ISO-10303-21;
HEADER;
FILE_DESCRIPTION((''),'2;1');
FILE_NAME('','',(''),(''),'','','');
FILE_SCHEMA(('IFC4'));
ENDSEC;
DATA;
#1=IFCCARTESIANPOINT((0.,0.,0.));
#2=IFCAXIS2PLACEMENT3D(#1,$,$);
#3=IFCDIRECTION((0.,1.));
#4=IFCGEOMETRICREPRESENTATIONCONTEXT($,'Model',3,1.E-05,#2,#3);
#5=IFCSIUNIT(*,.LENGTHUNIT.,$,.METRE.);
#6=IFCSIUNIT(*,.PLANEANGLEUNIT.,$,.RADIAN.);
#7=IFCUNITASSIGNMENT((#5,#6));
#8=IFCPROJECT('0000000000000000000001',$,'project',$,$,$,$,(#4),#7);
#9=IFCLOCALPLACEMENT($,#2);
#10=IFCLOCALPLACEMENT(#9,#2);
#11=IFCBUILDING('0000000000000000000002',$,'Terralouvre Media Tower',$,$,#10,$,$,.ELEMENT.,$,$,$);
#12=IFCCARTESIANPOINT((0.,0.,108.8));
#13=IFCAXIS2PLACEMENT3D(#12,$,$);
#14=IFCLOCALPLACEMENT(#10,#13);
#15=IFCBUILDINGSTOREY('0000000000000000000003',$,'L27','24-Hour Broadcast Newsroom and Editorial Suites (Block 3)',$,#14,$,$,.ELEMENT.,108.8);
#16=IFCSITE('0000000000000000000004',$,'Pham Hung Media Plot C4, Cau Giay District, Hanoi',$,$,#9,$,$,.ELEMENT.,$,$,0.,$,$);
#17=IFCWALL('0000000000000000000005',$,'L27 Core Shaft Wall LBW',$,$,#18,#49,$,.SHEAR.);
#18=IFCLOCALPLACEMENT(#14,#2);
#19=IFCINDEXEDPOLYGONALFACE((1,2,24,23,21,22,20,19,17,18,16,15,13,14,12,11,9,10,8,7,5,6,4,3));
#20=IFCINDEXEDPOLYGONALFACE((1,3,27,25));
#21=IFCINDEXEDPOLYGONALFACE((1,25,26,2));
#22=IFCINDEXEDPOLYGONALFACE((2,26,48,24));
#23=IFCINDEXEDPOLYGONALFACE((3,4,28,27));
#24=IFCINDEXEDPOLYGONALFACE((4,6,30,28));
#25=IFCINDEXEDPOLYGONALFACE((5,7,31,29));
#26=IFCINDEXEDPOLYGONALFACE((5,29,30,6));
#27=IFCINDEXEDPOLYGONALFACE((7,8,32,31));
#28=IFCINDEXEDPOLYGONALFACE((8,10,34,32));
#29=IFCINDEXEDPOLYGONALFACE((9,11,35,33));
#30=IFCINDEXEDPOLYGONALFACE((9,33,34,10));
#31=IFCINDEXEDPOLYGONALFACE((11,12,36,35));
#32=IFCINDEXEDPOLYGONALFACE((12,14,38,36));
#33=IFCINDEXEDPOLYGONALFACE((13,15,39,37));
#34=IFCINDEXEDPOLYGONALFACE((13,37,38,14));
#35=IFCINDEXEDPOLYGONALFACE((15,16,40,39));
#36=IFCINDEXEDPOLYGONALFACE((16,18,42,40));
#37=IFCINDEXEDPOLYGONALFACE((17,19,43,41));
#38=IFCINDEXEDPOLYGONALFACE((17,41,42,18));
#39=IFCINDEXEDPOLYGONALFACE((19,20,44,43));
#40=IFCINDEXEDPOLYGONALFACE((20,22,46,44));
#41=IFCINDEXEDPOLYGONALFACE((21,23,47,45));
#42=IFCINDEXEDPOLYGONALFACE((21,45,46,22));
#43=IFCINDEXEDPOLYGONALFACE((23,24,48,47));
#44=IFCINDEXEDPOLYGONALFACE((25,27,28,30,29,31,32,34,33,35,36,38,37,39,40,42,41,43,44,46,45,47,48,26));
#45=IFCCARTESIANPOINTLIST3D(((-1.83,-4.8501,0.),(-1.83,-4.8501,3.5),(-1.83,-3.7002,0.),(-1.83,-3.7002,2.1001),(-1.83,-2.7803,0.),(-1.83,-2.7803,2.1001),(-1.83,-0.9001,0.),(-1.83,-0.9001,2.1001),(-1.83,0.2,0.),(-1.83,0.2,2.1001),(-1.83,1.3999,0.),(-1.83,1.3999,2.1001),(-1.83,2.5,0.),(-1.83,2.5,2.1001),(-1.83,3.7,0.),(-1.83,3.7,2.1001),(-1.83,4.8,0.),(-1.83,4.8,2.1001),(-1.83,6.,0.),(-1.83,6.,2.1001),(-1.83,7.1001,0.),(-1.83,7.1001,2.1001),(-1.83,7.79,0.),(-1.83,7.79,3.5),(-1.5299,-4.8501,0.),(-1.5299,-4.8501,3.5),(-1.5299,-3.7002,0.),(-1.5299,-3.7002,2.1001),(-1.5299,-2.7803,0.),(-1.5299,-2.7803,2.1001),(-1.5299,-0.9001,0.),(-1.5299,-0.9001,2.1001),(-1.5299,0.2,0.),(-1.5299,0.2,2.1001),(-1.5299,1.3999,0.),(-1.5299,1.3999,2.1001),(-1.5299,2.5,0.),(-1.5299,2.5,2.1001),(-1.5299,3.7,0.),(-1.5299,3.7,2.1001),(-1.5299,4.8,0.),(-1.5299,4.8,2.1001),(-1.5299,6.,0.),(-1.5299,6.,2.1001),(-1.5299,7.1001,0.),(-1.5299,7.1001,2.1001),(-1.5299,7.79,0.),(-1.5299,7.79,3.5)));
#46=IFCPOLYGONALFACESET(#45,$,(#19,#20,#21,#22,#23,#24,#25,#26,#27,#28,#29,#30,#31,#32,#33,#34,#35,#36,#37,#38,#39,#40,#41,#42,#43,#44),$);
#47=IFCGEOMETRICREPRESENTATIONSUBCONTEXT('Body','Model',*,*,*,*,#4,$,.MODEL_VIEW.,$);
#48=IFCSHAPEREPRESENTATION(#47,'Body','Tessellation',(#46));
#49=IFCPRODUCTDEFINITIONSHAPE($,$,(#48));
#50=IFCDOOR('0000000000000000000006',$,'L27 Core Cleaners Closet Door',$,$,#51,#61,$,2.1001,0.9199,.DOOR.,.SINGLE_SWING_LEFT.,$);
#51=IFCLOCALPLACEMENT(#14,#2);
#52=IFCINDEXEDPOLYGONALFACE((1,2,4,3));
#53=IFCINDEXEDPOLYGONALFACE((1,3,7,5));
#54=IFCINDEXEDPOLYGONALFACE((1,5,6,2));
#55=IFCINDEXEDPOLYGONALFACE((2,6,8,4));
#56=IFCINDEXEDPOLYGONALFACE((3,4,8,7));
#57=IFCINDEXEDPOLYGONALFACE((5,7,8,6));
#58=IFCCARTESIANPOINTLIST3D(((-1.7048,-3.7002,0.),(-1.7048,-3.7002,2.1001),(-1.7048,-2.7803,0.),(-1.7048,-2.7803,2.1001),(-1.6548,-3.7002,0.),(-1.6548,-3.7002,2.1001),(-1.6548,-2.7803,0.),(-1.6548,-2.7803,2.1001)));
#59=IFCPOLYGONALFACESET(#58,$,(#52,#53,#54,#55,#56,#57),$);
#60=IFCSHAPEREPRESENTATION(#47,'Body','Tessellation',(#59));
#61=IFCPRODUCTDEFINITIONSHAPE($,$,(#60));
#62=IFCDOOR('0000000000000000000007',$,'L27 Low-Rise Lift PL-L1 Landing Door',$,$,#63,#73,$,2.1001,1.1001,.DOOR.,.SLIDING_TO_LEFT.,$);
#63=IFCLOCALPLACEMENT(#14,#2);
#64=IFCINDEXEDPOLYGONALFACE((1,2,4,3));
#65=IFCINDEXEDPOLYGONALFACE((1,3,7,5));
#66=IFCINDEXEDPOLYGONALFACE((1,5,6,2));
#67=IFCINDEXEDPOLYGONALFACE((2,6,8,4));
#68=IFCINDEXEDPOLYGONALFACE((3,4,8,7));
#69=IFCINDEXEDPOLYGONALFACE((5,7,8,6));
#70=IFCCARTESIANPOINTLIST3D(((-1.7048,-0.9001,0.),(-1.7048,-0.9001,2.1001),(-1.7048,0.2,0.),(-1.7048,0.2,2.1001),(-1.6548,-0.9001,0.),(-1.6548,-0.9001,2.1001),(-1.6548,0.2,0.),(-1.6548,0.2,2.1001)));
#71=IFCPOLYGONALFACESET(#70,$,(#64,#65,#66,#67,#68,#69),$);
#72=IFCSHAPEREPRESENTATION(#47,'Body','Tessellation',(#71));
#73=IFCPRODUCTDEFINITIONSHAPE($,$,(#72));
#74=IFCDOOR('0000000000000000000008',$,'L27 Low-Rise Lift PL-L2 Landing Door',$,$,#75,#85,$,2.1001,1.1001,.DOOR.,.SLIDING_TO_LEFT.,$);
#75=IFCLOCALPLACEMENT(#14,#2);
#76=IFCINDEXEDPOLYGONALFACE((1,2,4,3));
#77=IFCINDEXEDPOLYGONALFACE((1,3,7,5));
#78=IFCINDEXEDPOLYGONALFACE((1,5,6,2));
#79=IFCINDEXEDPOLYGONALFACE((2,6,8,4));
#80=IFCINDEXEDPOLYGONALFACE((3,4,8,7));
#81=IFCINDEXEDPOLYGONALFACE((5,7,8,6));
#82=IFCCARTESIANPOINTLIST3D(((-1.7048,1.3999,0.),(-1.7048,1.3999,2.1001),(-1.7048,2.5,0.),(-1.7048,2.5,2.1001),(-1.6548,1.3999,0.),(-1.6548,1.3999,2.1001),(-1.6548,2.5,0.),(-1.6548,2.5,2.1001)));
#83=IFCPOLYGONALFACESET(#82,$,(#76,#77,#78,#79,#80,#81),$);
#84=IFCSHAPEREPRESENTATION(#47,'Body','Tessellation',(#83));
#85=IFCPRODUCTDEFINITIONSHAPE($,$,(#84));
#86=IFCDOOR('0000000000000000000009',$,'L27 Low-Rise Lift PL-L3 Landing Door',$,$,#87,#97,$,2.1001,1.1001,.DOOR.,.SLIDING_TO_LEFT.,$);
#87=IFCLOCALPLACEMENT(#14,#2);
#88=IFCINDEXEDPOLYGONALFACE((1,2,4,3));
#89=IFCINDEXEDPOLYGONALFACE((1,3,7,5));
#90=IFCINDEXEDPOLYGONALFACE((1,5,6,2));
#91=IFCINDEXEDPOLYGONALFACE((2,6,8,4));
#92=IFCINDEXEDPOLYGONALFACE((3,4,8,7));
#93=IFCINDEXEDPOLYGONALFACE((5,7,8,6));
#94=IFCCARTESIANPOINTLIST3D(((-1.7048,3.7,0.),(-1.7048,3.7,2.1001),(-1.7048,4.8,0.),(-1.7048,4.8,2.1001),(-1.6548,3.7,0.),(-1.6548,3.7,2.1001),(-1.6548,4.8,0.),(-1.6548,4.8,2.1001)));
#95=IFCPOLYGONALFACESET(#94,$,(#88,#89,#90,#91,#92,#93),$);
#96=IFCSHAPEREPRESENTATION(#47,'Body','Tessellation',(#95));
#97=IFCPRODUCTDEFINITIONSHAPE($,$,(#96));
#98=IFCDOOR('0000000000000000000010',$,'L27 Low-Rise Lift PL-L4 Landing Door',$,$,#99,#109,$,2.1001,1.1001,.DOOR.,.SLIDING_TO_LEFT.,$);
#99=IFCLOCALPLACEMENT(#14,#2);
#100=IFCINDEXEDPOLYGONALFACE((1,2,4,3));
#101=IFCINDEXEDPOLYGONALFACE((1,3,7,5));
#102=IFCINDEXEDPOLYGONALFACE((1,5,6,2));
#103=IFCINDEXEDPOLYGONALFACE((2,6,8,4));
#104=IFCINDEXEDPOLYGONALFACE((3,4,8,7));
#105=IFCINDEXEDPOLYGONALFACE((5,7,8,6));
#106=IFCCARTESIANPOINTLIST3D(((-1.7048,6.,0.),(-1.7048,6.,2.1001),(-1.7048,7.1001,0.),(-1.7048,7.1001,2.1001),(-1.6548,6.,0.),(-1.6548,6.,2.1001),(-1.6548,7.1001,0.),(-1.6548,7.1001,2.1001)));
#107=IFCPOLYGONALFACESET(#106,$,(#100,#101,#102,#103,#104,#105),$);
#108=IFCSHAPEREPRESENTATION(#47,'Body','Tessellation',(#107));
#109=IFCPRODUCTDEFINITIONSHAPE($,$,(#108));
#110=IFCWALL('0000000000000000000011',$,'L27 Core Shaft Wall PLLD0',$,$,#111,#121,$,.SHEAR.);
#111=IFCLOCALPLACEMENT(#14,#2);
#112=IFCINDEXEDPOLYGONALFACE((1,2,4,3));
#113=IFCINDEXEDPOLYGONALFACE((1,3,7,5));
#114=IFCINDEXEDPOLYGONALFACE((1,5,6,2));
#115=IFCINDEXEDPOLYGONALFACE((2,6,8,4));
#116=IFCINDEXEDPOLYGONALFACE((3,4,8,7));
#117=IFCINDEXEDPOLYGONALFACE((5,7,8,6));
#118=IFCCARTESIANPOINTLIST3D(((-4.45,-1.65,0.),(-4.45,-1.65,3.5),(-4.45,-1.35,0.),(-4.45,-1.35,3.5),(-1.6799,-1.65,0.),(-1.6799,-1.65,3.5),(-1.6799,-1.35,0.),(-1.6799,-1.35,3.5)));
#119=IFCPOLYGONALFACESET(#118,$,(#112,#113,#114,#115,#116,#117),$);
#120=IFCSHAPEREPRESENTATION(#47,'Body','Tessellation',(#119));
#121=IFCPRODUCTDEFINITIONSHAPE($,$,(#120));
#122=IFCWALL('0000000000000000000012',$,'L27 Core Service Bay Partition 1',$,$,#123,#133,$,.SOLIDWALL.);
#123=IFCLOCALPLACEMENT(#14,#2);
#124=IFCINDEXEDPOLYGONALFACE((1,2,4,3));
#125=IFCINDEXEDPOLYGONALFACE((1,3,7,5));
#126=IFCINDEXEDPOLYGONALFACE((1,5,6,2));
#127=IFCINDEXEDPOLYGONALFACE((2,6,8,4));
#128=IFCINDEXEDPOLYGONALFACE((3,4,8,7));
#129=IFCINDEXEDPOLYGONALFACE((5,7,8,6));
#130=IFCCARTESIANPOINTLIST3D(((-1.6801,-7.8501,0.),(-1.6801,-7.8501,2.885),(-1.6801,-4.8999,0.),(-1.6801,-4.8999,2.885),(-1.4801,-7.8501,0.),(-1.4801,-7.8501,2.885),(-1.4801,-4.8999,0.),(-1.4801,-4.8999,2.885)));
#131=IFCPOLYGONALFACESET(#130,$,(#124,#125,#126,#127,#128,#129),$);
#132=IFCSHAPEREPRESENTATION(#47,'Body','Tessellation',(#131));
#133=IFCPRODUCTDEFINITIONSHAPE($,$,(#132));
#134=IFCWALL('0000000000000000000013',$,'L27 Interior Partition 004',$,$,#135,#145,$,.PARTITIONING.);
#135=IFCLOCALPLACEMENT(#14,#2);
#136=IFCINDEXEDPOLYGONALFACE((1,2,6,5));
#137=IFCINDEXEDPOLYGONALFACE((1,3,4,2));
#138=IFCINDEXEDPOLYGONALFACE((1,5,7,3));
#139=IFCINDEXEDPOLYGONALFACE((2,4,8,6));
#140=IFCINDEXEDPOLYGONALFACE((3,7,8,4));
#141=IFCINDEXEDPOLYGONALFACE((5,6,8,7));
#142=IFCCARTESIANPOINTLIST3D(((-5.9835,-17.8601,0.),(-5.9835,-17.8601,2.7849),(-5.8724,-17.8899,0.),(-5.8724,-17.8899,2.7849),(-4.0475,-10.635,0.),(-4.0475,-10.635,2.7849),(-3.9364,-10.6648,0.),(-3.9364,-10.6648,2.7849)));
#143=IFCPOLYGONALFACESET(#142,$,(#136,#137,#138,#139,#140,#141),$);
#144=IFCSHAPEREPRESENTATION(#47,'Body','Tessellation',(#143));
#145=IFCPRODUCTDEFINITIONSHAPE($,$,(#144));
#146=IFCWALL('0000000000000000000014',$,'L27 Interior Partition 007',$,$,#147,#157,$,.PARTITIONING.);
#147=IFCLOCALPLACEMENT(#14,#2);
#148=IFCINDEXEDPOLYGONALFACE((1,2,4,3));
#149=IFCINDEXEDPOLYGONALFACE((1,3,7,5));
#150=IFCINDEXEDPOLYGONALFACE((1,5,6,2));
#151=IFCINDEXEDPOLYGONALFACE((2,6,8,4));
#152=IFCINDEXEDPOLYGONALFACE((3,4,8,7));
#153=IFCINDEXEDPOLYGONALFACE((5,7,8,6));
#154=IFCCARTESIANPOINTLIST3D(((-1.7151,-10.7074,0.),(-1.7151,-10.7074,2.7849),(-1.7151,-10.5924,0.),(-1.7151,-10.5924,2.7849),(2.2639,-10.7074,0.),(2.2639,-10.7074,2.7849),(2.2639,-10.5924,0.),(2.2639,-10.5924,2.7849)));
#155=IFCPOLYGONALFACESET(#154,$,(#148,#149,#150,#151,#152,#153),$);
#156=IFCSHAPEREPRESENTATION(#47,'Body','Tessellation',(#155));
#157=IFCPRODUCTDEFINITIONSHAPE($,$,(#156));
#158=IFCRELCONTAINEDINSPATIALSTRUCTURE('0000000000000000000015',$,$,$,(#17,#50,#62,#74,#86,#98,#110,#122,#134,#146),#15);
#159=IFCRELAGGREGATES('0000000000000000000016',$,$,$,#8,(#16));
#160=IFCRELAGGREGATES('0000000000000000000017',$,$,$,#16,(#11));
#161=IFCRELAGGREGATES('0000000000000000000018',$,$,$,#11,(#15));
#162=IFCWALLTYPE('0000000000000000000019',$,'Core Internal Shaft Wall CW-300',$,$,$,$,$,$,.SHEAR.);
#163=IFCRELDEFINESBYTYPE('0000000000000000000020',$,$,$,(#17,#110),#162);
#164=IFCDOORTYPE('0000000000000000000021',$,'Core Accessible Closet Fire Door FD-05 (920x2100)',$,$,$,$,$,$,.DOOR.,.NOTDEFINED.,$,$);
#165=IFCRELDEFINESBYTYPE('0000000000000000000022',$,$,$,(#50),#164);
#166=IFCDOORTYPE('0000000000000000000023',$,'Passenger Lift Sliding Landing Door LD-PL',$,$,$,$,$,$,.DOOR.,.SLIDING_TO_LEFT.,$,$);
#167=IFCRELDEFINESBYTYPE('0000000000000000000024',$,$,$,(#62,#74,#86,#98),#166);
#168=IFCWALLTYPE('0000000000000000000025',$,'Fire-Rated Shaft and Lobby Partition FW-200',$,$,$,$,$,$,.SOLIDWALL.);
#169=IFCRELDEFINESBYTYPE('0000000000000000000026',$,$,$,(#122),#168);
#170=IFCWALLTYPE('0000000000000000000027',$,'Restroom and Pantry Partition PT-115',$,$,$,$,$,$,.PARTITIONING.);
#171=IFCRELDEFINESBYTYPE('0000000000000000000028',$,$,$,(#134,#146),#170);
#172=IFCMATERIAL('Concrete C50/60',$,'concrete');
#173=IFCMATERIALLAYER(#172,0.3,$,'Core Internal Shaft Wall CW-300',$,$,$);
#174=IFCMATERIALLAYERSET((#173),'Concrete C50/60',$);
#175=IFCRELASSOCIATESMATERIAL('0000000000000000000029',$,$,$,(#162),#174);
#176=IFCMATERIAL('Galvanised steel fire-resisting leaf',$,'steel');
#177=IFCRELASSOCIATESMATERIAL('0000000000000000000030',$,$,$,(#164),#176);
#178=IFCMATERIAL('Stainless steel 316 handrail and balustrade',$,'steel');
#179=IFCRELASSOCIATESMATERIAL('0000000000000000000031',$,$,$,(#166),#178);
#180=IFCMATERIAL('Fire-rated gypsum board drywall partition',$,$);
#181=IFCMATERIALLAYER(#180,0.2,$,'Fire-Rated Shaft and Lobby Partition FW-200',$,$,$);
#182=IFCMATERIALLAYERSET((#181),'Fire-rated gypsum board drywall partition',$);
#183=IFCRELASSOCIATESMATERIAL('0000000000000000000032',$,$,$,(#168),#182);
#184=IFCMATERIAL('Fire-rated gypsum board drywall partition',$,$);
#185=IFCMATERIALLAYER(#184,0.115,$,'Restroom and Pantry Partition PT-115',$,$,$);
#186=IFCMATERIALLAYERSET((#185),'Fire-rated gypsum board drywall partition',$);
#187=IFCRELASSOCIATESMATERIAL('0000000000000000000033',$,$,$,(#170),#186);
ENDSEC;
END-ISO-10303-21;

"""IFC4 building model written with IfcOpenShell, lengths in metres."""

from ifc_helpers import new_model, si_unit, direction, frame, frame_2d, origin, place, context, subcontext, project, spatial, rectangle, extrude, material, layer, layer_set, type_object, element, fill, save


model = new_model("IFC4")

# Units and contexts
model_context = context("Model", 3, precision=1e-05, world=origin(), true_north=direction((0.0, 1.0)))
body_context = subcontext(model_context, "Body", "Model", "MODEL_VIEW")
ifc_project = project(units=[si_unit("LENGTHUNIT", "METRE"), si_unit("PLANEANGLEUNIT", "RADIAN")], contexts=[model_context])

# Site, building, storey
site_placement = place(None, origin())
site = spatial("IfcSite", under=ifc_project, at=site_placement, Name="Pham Hung Media Plot C4, Cau Giay District, Hanoi", CompositionType="ELEMENT", RefElevation=0.0)
building_placement = place(site_placement, origin())
building = spatial("IfcBuilding", under=site, at=building_placement, Name="Terralouvre Media Tower", CompositionType="ELEMENT")
storey_placement = place(building_placement, frame((0.0, 0.0, 108.8)))
storey = spatial("IfcBuildingStorey", under=building, at=storey_placement, Name="L27", Description="24-Hour Broadcast Newsroom and Editorial Suites (Block 3)", CompositionType="ELEMENT", Elevation=108.8)

# Shared definitions
ifc_material_1 = material(Name="Concrete C50/60", Category="concrete")
ifc_layer_1 = layer(ifc_material_1, 0.3, Name="Core Internal Shaft Wall CW-300")
ifc_layer_set_1 = layer_set([ifc_layer_1], Name="Concrete C50/60")
wall_type_1 = type_object("IfcWallType", Name="Core Internal Shaft Wall CW-300", PredefinedType="SHEAR", material=ifc_layer_set_1)

# Wall, openings, doors
wall_1_placement = place(storey_placement, frame((-1.6799, -4.8501, 0.0), z_axis=(0.0, 0.0, 1.0), x_axis=(0.0, 1.0, 0.0)))
wall_1 = element("IfcWall", 1, at=wall_1_placement, inside=storey, type_object=wall_type_1, Name="L27 Core Shaft Wall LBW", PredefinedType="SHEAR", context=body_context, shape_type="SweptSolid", body=[
    extrude(rectangle(XDim=12.6401, YDim=0.3, at=frame_2d((6.3201, 0.0))), origin(), (0.0, 0.0, 1.0), 3.5),
])
opening_1_placement = place(wall_1_placement, frame((3.95, 0.0, 0.0)))
opening_1 = element("IfcOpeningElement", 2, at=opening_1_placement, cuts=wall_1, PredefinedType="OPENING", context=body_context, shape_type="SweptSolid", body=[
    extrude(rectangle(XDim=1.1001, YDim=2.1001, at=frame_2d((0.55, 1.05))), frame((0.0, 0.1599, 0.0), z_axis=(0.0, -1.0, 0.0), x_axis=(1.0, 0.0, 0.0)), (0.0, 0.0, 1.0), 0.3201),
])
opening_2_placement = place(wall_1_placement, frame((6.25, 0.0, 0.0)))
opening_2 = element("IfcOpeningElement", 3, at=opening_2_placement, cuts=wall_1, PredefinedType="OPENING", context=body_context, shape_type="SweptSolid", body=[
    extrude(rectangle(XDim=1.1001, YDim=2.1001, at=frame_2d((0.55, 1.05))), frame((0.0, 0.1599, 0.0), z_axis=(0.0, -1.0, 0.0), x_axis=(1.0, 0.0, 0.0)), (0.0, 0.0, 1.0), 0.3201),
])
opening_3_placement = place(wall_1_placement, frame((8.55, 0.0, 0.0)))
opening_3 = element("IfcOpeningElement", 4, at=opening_3_placement, cuts=wall_1, PredefinedType="OPENING", context=body_context, shape_type="SweptSolid", body=[
    extrude(rectangle(XDim=1.1001, YDim=2.1001, at=frame_2d((0.55, 1.05))), frame((0.0, 0.1599, 0.0), z_axis=(0.0, -1.0, 0.0), x_axis=(1.0, 0.0, 0.0)), (0.0, 0.0, 1.0), 0.3201),
])
opening_4_placement = place(wall_1_placement, frame((10.8501, 0.0, 0.0)))
opening_4 = element("IfcOpeningElement", 5, at=opening_4_placement, cuts=wall_1, PredefinedType="OPENING", context=body_context, shape_type="SweptSolid", body=[
    extrude(rectangle(XDim=1.1001, YDim=2.1001, at=frame_2d((0.55, 1.05))), frame((0.0, 0.1599, 0.0), z_axis=(0.0, -1.0, 0.0), x_axis=(1.0, 0.0, 0.0)), (0.0, 0.0, 1.0), 0.3201),
])
opening_5_placement = place(wall_1_placement, frame((1.1499, 0.0, 0.0)))
opening_5 = element("IfcOpeningElement", 6, at=opening_5_placement, cuts=wall_1, PredefinedType="OPENING", context=body_context, shape_type="SweptSolid", body=[
    extrude(rectangle(XDim=0.9199, YDim=2.1001, at=frame_2d((0.46, 1.05))), frame((0.0, 0.1599, 0.0), z_axis=(0.0, -1.0, 0.0), x_axis=(1.0, 0.0, 0.0)), (0.0, 0.0, 1.0), 0.3201),
])
ifc_material_2 = material(Name="Galvanised steel fire-resisting leaf", Category="steel")
door_type_1 = type_object("IfcDoorType", Name="Core Accessible Closet Fire Door FD-05 (920x2100)", OperationType="NOTDEFINED", PredefinedType="DOOR", material=ifc_material_2)
door_1_placement = place(opening_5_placement, origin())
door_1 = element("IfcDoor", 7, at=door_1_placement, inside=storey, type_object=door_type_1, Name="L27 Core Cleaners Closet Door", OperationType="SINGLE_SWING_LEFT", OverallHeight=2.1001, OverallWidth=0.9199, PredefinedType="DOOR", context=body_context, shape_type="SweptSolid", body=[
    extrude(rectangle(XDim=0.9199, YDim=2.1001, at=frame_2d((0.46, 1.05))), frame((0.0, 0.0249, 0.0), z_axis=(0.0, -1.0, 0.0), x_axis=(1.0, 0.0, 0.0)), (0.0, 0.0, 1.0), 0.05),
])
fill(opening_5, door_1)
ifc_material_3 = material(Name="Stainless steel 316 handrail and balustrade", Category="steel")
door_type_2 = type_object("IfcDoorType", Name="Passenger Lift Sliding Landing Door LD-PL", OperationType="SLIDING_TO_LEFT", PredefinedType="DOOR", material=ifc_material_3)
door_2_placement = place(opening_1_placement, origin())
door_2 = element("IfcDoor", 8, at=door_2_placement, inside=storey, type_object=door_type_2, Name="L27 Low-Rise Lift PL-L1 Landing Door", OperationType="SLIDING_TO_LEFT", OverallHeight=2.1001, OverallWidth=1.1001, PredefinedType="DOOR", context=body_context, shape_type="SweptSolid", body=[
    extrude(rectangle(XDim=1.1001, YDim=2.1001, at=frame_2d((0.55, 1.05))), frame((0.0, 0.0249, 0.0), z_axis=(0.0, -1.0, 0.0), x_axis=(1.0, 0.0, 0.0)), (0.0, 0.0, 1.0), 0.05),
])
fill(opening_1, door_2)
door_3_placement = place(opening_2_placement, origin())
door_3 = element("IfcDoor", 9, at=door_3_placement, inside=storey, type_object=door_type_2, Name="L27 Low-Rise Lift PL-L2 Landing Door", OperationType="SLIDING_TO_LEFT", OverallHeight=2.1001, OverallWidth=1.1001, PredefinedType="DOOR", context=body_context, shape_type="SweptSolid", body=[
    extrude(rectangle(XDim=1.1001, YDim=2.1001, at=frame_2d((0.55, 1.05))), frame((0.0, 0.0249, 0.0), z_axis=(0.0, -1.0, 0.0), x_axis=(1.0, 0.0, 0.0)), (0.0, 0.0, 1.0), 0.05),
])
fill(opening_2, door_3)
door_4_placement = place(opening_3_placement, origin())
door_4 = element("IfcDoor", 10, at=door_4_placement, inside=storey, type_object=door_type_2, Name="L27 Low-Rise Lift PL-L3 Landing Door", OperationType="SLIDING_TO_LEFT", OverallHeight=2.1001, OverallWidth=1.1001, PredefinedType="DOOR", context=body_context, shape_type="SweptSolid", body=[
    extrude(rectangle(XDim=1.1001, YDim=2.1001, at=frame_2d((0.55, 1.05))), frame((0.0, 0.0249, 0.0), z_axis=(0.0, -1.0, 0.0), x_axis=(1.0, 0.0, 0.0)), (0.0, 0.0, 1.0), 0.05),
])
fill(opening_3, door_4)
door_5_placement = place(opening_4_placement, origin())
door_5 = element("IfcDoor", 11, at=door_5_placement, inside=storey, type_object=door_type_2, Name="L27 Low-Rise Lift PL-L4 Landing Door", OperationType="SLIDING_TO_LEFT", OverallHeight=2.1001, OverallWidth=1.1001, PredefinedType="DOOR", context=body_context, shape_type="SweptSolid", body=[
    extrude(rectangle(XDim=1.1001, YDim=2.1001, at=frame_2d((0.55, 1.05))), frame((0.0, 0.0249, 0.0), z_axis=(0.0, -1.0, 0.0), x_axis=(1.0, 0.0, 0.0)), (0.0, 0.0, 1.0), 0.05),
])
fill(opening_4, door_5)

# Walls
wall_2_placement = place(storey_placement, frame((-4.45, -1.5, 0.0), z_axis=(0.0, 0.0, 1.0), x_axis=(1.0, 0.0, 0.0)))
element("IfcWall", 12, at=wall_2_placement, inside=storey, type_object=wall_type_1, Name="L27 Core Shaft Wall PLLD0", PredefinedType="SHEAR", context=body_context, shape_type="SweptSolid", body=[
    extrude(rectangle(XDim=2.77, YDim=0.3, at=frame_2d((1.385, 0.0))), origin(), (0.0, 0.0, 1.0), 3.5),
])
ifc_material_4 = material(Name="Fire-rated gypsum board drywall partition")
ifc_layer_2 = layer(ifc_material_4, 0.2, Name="Fire-Rated Shaft and Lobby Partition FW-200")
ifc_layer_set_2 = layer_set([ifc_layer_2], Name="Fire-rated gypsum board drywall partition")
wall_type_2 = type_object("IfcWallType", Name="Fire-Rated Shaft and Lobby Partition FW-200", PredefinedType="SOLIDWALL", material=ifc_layer_set_2)
wall_3_placement = place(storey_placement, frame((-1.5801, -7.8501, 0.0), z_axis=(0.0, 0.0, 1.0), x_axis=(0.0, 1.0, 0.0)))
element("IfcWall", 13, at=wall_3_placement, inside=storey, type_object=wall_type_2, Name="L27 Core Service Bay Partition 1", PredefinedType="SOLIDWALL", context=body_context, shape_type="SweptSolid", body=[
    extrude(rectangle(XDim=2.9502, YDim=0.2, at=frame_2d((1.4751, 0.0))), origin(), (0.0, 0.0, 1.0), 2.885),
])
ifc_material_5 = material(Name="Fire-rated gypsum board drywall partition")
ifc_layer_3 = layer(ifc_material_5, 0.115, Name="Restroom and Pantry Partition PT-115")
ifc_layer_set_3 = layer_set([ifc_layer_3], Name="Fire-rated gypsum board drywall partition")
wall_type_3 = type_object("IfcWallType", Name="Restroom and Pantry Partition PT-115", PredefinedType="PARTITIONING", material=ifc_layer_set_3)
wall_4_placement = place(storey_placement, frame((-3.9919, -10.6499, 0.0), z_axis=(0.0, 0.0, 1.0), x_axis=(-0.258829, -0.965923, 0.0)))
element("IfcWall", 14, at=wall_4_placement, inside=storey, type_object=wall_type_3, Name="L27 Interior Partition 004", PredefinedType="PARTITIONING", context=body_context, shape_type="SweptSolid", body=[
    extrude(rectangle(XDim=7.48, YDim=0.115, at=frame_2d((3.74, 0.0))), origin(), (0.0, 0.0, 1.0), 2.7849),
])
wall_5_placement = place(storey_placement, frame((-1.7151, -10.6499, 0.0), z_axis=(0.0, 0.0, 1.0), x_axis=(1.0, 0.0, 0.0)))
element("IfcWall", 15, at=wall_5_placement, inside=storey, type_object=wall_type_3, Name="L27 Interior Partition 007", PredefinedType="PARTITIONING", context=body_context, shape_type="SweptSolid", body=[
    extrude(rectangle(XDim=3.979, YDim=0.115, at=frame_2d((1.9895, 0.0))), origin(), (0.0, 0.0, 1.0), 2.7849),
])

save(model, "model.ifc")
